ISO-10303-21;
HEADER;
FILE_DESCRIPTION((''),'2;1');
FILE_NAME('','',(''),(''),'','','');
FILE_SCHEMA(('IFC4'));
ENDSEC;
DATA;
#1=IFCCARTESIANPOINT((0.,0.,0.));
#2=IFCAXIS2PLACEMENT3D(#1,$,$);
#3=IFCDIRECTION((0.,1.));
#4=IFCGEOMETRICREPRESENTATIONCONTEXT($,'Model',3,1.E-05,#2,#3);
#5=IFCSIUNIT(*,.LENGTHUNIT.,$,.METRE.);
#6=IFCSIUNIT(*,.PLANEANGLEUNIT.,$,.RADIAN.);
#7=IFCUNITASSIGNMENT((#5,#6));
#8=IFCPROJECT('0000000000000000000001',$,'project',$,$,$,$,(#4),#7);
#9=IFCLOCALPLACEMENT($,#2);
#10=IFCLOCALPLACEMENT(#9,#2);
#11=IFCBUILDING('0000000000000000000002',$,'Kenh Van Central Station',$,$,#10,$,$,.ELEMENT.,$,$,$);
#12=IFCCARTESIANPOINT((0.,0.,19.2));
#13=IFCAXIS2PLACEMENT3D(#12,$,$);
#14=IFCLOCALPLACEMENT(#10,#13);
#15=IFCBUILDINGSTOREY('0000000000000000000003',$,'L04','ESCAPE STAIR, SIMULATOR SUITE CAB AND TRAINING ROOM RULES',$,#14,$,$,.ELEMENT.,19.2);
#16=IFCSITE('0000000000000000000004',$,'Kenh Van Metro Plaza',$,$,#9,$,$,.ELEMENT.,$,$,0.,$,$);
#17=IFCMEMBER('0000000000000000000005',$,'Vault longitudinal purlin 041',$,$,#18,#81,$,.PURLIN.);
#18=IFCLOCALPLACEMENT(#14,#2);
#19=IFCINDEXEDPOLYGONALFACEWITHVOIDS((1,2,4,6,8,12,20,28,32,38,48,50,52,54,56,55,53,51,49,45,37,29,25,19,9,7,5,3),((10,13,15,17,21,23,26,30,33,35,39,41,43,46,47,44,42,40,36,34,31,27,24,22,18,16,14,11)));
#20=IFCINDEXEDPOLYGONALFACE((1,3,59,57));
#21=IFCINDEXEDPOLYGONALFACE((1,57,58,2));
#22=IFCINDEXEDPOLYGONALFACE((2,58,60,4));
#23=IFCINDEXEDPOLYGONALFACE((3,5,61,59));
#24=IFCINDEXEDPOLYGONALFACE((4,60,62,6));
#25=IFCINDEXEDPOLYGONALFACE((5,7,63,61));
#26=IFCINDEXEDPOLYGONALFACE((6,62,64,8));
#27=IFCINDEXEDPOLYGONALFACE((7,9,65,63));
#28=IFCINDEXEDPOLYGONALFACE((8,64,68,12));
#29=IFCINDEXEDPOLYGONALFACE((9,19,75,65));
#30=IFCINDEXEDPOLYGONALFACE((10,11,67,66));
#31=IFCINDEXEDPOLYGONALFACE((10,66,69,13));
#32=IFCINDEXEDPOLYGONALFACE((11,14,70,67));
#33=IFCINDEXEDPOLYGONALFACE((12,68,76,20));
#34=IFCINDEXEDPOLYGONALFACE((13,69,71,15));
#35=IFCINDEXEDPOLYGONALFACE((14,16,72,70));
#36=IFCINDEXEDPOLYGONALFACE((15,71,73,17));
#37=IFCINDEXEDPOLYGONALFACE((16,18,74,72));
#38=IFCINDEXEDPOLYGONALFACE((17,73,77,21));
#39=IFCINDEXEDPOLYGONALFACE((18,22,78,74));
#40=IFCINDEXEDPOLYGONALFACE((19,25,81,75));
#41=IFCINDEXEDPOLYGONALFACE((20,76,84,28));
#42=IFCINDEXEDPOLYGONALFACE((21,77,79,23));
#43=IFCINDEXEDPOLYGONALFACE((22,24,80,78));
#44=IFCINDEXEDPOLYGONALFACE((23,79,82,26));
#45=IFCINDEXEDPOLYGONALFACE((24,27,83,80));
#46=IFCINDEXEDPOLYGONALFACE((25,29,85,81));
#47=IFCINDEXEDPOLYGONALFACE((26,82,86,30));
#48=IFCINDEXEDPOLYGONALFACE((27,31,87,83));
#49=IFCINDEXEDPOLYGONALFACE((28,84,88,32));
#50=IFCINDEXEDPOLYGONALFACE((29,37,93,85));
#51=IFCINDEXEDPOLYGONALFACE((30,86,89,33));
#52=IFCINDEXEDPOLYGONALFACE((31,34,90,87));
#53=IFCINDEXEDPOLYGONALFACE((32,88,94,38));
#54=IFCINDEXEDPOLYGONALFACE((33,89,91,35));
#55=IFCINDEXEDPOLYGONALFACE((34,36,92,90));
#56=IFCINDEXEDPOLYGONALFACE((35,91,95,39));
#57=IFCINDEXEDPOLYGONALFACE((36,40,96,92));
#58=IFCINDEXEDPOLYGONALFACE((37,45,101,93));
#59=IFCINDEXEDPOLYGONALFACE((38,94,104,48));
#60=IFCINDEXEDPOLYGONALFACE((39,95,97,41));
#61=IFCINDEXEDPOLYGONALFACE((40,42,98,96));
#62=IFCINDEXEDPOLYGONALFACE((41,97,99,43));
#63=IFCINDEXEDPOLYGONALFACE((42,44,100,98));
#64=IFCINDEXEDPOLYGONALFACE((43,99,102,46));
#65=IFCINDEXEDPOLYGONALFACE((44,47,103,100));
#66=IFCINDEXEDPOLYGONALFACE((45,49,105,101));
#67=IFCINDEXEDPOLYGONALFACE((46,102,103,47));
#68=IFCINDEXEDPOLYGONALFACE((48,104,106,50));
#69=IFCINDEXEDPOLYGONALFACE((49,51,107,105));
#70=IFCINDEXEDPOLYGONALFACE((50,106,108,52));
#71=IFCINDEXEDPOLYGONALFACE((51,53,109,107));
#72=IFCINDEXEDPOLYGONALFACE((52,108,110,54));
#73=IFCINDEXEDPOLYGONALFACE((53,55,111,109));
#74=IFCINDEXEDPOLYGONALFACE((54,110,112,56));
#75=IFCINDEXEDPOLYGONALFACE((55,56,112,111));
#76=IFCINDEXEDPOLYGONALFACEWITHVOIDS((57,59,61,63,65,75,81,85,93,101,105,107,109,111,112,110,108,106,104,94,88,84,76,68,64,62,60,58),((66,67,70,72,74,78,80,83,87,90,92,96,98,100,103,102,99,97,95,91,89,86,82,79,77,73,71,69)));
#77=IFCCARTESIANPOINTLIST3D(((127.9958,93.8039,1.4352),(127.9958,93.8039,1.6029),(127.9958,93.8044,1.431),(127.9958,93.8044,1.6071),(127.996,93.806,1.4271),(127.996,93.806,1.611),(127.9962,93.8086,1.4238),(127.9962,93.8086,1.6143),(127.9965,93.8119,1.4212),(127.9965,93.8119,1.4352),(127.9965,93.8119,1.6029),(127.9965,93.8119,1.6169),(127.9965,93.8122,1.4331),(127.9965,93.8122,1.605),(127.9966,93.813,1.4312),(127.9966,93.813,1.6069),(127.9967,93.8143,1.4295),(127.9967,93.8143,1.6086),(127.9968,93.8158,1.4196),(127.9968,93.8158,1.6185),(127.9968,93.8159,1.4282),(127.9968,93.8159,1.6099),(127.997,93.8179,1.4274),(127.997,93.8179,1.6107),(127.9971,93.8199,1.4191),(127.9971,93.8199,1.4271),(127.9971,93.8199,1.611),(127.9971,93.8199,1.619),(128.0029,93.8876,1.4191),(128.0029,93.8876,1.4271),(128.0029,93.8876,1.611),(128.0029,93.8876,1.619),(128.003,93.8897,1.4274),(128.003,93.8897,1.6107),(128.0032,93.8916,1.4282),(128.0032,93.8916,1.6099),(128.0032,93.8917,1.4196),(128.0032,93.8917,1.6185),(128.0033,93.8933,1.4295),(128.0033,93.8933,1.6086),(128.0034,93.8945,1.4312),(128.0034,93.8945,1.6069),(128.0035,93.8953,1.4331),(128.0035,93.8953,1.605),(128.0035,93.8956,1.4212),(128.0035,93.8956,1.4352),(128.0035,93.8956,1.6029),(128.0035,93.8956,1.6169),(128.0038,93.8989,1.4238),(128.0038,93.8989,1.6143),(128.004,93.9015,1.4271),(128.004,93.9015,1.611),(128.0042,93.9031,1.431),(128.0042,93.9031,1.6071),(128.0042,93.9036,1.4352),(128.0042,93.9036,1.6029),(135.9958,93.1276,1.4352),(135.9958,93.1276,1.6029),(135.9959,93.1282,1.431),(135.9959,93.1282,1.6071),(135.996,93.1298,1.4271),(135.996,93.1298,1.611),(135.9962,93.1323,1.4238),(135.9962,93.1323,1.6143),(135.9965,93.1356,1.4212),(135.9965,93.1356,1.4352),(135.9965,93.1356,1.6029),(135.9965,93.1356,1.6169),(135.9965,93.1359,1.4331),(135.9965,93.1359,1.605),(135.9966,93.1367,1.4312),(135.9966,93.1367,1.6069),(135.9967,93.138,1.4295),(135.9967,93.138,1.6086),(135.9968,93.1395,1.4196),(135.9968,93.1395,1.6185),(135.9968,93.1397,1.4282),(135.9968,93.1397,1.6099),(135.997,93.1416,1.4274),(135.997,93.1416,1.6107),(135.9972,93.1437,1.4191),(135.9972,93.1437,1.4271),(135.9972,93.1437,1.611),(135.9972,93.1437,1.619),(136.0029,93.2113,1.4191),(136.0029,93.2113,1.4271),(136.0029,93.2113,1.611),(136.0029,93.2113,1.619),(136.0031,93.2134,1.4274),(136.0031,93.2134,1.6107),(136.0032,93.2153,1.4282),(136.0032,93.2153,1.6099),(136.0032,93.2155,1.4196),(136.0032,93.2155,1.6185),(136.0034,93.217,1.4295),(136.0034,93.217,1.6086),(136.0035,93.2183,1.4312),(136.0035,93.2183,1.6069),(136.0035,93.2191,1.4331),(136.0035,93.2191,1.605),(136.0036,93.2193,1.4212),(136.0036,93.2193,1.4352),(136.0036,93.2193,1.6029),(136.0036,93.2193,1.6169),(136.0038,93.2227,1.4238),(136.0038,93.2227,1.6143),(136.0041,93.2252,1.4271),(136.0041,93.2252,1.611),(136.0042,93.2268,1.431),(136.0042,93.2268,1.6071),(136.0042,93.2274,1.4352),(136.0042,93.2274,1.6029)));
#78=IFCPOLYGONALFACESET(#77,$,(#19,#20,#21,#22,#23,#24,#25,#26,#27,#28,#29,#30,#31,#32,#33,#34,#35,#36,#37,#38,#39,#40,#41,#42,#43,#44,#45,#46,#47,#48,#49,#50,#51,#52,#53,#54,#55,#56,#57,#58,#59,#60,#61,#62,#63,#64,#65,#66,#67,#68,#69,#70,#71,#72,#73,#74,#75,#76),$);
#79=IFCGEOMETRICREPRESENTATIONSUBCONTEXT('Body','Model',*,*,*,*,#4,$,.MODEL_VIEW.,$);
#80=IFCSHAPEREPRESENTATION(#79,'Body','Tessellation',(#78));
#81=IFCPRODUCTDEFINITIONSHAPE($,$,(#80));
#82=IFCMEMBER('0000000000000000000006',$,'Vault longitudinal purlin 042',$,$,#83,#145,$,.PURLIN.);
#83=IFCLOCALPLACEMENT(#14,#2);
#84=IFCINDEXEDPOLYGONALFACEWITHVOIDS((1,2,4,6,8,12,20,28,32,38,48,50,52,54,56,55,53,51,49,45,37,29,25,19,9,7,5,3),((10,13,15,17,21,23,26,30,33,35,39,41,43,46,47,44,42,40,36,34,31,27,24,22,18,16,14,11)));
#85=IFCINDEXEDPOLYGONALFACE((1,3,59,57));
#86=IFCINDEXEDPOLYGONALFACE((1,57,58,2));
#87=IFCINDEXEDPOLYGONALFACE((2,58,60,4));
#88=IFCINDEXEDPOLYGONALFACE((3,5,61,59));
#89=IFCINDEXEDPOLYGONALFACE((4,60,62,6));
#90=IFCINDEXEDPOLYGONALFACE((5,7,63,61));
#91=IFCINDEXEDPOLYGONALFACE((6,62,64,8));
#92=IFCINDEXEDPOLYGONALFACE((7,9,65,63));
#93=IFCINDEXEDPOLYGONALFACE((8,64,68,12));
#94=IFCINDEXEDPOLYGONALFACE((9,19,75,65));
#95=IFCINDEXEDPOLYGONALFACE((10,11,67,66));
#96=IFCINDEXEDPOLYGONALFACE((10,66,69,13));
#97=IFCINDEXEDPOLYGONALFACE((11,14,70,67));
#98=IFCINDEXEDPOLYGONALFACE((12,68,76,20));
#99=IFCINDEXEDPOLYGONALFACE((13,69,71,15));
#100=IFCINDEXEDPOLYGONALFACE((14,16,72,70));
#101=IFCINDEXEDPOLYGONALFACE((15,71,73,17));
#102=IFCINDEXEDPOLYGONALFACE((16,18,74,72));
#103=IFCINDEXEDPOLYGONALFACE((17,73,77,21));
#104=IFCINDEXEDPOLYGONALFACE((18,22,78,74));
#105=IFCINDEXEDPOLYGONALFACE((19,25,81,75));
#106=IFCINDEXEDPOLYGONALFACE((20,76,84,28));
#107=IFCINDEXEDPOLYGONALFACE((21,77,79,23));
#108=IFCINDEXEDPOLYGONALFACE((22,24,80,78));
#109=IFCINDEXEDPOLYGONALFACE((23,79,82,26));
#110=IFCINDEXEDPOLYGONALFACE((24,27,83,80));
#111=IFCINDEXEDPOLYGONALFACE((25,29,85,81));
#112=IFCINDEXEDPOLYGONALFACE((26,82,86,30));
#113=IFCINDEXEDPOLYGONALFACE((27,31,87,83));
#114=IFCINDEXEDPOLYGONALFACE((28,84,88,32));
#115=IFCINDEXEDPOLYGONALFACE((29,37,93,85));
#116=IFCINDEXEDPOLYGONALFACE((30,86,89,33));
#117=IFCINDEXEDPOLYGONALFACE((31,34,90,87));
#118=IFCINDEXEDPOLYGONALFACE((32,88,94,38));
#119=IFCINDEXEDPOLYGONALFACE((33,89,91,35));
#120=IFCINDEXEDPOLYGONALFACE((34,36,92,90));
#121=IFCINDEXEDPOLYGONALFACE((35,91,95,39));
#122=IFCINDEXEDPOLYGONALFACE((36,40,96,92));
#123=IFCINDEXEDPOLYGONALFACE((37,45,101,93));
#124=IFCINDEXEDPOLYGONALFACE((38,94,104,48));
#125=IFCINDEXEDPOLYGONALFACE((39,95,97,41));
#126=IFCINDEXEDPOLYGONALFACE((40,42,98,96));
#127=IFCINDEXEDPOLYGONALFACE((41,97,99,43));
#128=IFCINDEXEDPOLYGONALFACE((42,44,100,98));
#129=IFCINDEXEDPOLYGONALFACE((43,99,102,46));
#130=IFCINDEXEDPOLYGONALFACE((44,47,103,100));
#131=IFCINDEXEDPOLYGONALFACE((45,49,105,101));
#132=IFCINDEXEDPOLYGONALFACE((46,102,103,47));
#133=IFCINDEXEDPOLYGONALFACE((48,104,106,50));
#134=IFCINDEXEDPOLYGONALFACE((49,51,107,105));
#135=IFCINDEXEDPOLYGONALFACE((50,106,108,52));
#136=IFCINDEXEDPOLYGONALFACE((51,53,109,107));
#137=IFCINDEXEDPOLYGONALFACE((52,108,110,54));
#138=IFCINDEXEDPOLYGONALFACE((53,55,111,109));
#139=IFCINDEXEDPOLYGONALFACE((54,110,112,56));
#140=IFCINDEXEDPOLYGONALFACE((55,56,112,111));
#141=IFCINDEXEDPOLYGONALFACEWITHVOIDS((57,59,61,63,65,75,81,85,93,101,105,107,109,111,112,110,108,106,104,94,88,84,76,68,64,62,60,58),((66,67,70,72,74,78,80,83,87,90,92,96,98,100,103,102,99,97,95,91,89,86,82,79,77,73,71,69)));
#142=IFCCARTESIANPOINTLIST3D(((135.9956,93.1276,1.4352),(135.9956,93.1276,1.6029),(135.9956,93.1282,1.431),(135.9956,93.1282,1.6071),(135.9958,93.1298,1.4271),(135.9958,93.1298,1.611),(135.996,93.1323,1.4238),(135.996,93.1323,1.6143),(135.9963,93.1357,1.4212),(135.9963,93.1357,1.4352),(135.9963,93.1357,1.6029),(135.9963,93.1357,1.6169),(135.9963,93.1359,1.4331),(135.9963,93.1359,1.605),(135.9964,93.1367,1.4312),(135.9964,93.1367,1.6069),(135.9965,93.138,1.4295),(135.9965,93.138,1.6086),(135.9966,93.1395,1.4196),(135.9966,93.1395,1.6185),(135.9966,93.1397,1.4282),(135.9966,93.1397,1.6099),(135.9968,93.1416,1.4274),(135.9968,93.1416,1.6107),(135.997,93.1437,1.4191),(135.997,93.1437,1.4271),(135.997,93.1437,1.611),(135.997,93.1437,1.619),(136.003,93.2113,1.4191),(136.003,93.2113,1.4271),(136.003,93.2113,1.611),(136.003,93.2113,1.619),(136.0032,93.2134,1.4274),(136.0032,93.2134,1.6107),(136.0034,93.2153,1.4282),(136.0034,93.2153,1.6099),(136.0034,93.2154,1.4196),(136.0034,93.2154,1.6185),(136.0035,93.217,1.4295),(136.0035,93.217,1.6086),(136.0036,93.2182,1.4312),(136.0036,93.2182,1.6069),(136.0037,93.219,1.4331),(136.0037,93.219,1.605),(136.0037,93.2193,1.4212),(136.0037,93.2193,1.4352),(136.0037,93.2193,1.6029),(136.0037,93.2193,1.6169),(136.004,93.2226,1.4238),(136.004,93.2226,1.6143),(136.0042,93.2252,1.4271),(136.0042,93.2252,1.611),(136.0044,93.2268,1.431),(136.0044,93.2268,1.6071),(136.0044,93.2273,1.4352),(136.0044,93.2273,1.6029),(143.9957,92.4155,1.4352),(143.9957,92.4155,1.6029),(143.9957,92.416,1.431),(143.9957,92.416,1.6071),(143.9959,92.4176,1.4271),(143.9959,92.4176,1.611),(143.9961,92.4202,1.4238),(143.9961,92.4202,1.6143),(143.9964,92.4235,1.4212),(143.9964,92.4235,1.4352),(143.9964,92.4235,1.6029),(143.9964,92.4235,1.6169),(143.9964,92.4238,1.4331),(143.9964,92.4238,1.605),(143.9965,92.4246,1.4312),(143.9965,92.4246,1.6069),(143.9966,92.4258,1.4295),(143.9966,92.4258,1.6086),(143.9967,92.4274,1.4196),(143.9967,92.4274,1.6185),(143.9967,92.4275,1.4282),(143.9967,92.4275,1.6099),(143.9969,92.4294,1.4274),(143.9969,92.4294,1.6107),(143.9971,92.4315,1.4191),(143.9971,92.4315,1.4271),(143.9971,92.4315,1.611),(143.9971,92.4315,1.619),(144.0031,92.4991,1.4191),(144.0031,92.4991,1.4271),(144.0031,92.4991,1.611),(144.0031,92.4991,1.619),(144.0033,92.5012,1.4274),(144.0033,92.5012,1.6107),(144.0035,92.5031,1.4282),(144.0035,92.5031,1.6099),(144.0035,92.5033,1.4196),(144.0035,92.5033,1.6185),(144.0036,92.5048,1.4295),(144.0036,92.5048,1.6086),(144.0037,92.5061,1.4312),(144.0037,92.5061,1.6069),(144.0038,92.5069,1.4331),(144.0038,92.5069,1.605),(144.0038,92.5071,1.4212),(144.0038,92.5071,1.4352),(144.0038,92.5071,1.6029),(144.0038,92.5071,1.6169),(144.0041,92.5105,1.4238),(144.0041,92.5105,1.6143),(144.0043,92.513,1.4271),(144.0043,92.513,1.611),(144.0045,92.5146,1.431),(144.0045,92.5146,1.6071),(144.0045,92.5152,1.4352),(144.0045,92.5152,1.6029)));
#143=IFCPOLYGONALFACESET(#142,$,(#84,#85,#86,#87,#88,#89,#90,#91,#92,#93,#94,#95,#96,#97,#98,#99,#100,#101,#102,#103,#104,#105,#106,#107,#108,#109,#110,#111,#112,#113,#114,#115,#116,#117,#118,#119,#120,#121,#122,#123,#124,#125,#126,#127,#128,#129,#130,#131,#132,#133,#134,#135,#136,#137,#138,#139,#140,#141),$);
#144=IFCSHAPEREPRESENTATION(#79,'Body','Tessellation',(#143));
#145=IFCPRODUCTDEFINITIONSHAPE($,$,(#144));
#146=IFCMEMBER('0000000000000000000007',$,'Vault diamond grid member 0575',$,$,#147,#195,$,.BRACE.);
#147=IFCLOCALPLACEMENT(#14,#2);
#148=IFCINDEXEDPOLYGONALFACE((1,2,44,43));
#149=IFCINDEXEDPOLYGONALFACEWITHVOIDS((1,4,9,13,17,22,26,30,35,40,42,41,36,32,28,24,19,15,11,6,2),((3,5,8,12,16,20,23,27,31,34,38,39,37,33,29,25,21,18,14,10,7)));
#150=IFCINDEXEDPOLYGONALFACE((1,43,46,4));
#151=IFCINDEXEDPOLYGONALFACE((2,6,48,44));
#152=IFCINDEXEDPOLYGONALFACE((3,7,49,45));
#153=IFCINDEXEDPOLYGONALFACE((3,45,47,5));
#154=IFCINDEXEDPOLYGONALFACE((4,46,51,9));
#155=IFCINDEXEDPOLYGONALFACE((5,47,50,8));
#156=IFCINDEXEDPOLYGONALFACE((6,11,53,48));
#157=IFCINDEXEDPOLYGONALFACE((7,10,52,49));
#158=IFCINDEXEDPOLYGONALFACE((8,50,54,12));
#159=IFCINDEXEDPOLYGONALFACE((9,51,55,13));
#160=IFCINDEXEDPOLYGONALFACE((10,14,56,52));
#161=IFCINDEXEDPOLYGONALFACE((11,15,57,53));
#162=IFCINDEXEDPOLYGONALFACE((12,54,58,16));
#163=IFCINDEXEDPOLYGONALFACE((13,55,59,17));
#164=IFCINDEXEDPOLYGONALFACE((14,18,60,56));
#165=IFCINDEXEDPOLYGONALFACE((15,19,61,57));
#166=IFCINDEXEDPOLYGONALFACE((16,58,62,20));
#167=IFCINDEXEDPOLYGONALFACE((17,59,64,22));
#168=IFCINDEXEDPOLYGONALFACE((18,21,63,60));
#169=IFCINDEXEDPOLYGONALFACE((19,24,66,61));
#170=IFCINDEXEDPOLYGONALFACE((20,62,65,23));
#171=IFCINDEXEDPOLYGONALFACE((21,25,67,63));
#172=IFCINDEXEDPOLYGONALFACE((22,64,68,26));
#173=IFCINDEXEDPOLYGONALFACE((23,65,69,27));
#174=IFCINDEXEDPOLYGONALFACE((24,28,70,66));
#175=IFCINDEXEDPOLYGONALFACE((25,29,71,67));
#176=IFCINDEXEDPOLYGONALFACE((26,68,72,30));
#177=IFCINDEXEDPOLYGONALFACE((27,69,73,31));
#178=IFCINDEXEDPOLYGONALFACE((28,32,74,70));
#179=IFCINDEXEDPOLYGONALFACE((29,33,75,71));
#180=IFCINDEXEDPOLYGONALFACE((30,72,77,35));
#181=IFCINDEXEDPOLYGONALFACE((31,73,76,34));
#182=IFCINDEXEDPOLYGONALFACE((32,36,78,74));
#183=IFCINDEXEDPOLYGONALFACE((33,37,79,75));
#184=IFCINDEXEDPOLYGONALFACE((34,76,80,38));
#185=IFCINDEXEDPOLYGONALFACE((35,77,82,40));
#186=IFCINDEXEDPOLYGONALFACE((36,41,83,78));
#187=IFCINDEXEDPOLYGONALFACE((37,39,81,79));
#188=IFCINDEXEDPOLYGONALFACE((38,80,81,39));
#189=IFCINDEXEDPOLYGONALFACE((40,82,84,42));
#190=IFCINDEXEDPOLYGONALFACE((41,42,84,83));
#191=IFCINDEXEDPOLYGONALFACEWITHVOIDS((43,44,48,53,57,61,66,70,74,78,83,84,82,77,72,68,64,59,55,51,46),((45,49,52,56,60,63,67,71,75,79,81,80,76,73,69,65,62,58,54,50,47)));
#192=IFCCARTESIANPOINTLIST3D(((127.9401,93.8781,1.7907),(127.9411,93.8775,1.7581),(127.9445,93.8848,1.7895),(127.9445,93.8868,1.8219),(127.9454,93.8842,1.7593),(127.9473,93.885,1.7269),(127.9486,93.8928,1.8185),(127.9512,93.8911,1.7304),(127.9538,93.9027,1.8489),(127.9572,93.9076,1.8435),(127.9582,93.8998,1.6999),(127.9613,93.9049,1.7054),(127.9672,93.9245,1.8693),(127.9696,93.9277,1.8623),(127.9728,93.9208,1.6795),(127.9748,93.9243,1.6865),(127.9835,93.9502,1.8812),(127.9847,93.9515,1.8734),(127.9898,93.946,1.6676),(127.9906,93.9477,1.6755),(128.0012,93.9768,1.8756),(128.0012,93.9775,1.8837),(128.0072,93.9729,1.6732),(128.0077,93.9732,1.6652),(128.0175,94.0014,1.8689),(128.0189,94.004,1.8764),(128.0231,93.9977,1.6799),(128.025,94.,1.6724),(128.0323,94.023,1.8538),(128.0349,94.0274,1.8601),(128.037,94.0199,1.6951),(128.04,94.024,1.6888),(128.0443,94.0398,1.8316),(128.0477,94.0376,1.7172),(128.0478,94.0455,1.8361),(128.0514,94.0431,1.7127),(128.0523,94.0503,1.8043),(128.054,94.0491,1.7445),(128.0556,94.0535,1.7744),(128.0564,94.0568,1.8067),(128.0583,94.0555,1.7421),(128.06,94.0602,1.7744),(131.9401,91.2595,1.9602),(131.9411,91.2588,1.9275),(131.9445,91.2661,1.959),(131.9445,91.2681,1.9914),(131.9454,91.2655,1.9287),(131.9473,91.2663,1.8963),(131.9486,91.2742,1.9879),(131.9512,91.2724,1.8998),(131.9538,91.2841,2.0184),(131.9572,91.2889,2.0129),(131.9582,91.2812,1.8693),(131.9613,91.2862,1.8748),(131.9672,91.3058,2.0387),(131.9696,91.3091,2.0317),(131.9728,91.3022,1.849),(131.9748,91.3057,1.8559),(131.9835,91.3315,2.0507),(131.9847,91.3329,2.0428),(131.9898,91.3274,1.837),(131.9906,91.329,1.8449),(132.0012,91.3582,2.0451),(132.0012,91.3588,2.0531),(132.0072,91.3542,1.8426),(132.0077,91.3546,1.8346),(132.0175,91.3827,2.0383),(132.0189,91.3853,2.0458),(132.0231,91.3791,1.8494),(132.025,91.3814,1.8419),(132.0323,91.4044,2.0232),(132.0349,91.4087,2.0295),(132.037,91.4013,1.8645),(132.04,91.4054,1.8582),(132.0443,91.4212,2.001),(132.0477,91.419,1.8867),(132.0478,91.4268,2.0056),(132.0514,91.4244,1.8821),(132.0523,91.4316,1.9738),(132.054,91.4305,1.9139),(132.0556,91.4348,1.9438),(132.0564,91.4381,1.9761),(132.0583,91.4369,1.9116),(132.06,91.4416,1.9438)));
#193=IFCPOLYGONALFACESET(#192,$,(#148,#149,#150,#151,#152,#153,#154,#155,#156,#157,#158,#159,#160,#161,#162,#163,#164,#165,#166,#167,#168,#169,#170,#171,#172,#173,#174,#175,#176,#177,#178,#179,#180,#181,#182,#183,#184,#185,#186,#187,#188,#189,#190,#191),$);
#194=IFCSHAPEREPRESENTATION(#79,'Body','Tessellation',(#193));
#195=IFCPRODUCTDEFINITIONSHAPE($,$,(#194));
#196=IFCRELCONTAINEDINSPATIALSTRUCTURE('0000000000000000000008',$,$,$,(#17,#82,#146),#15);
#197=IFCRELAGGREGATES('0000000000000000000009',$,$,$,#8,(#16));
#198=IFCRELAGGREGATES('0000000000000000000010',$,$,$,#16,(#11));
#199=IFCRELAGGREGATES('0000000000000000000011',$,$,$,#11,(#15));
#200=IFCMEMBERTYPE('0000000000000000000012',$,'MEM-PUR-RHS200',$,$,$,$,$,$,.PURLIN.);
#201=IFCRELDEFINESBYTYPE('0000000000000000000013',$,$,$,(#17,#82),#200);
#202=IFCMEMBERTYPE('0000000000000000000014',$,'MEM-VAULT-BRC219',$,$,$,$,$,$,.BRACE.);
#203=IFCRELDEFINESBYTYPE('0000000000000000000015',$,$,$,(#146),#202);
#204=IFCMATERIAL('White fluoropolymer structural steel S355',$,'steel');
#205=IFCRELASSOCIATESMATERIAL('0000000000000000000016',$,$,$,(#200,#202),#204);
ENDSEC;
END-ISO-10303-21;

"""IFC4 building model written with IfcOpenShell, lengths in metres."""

from ifc_helpers import new_model, si_unit, direction, frame, origin, origin_2d, place, context, subcontext, project, spatial, hollow_rectangle, hollow_circle, extrude, material, material_profile, profile_set, type_object, element, save


model = new_model("IFC4")

# Units and contexts
model_context = context("Model", 3, precision=1e-05, world=origin(), true_north=direction((0.0, 1.0)))
body_context = subcontext(model_context, "Body", "Model", "MODEL_VIEW")
ifc_project = project(units=[si_unit("LENGTHUNIT", "METRE"), si_unit("PLANEANGLEUNIT", "RADIAN")], contexts=[model_context])

# Site, building, storey
site_placement = place(None, origin())
site = spatial("IfcSite", under=ifc_project, at=site_placement, Name="Kenh Van Metro Plaza", CompositionType="ELEMENT", RefElevation=0.0)
building_placement = place(site_placement, origin())
building = spatial("IfcBuilding", under=site, at=building_placement, Name="Kenh Van Central Station", CompositionType="ELEMENT")
storey_placement = place(building_placement, frame((0.0, 0.0, 19.2)))
storey = spatial("IfcBuildingStorey", under=building, at=storey_placement, Name="L04", Description="ESCAPE STAIR, SIMULATOR SUITE CAB AND TRAINING ROOM RULES", CompositionType="ELEMENT", Elevation=19.2)

# Shared definitions
ifc_material_1 = material(Name="White fluoropolymer structural steel S355", Category="steel")

# Members
ifc_material_profile_1 = material_profile(ifc_material_1, hollow_rectangle(XDim=0.1001, YDim=0.2, WallThickness=0.0081, InnerFilletRadius=0.0081, OuterFilletRadius=0.0161, at=origin_2d()), Name="RHS 200x100x8")
ifc_profile_set_1 = profile_set([ifc_material_profile_1], Name="White fluoropolymer structural steel S355")
member_type_1 = type_object("IfcMemberType", Name="MEM-PUR-RHS200", PredefinedType="PURLIN", material=ifc_profile_set_1)
member_1_placement = place(storey_placement, frame((128.0, 93.8538, 1.519), z_axis=(0.996446, -0.084233, 0.0), x_axis=(0.084233, 0.996446, 0.0)))
element("IfcMember", 1, at=member_1_placement, inside=storey, type_object=member_type_1, Name="Vault longitudinal purlin 041", PredefinedType="PURLIN", context=body_context, shape_type="SweptSolid", body=[
    extrude(hollow_rectangle(XDim=0.1001, YDim=0.2, WallThickness=0.0081, InnerFilletRadius=0.0081, OuterFilletRadius=0.0161, at=origin_2d()), origin(), (0.0, 0.0, 1.0), 8.0286),
])
member_2_placement = place(storey_placement, frame((136.0, 93.1775, 1.519), z_axis=(0.996061, -0.088669, 0.0), x_axis=(0.088669, 0.996061, 0.0)))
element("IfcMember", 2, at=member_2_placement, inside=storey, type_object=member_type_1, Name="Vault longitudinal purlin 042", PredefinedType="PURLIN", context=body_context, shape_type="SweptSolid", body=[
    extrude(hollow_rectangle(XDim=0.1001, YDim=0.2, WallThickness=0.0081, InnerFilletRadius=0.0081, OuterFilletRadius=0.0161, at=origin_2d()), origin(), (0.0, 0.0, 1.0), 8.0317),
])
ifc_material_profile_2 = material_profile(ifc_material_1, hollow_circle(Radius=0.1096, WallThickness=0.0081, at=origin_2d()), Name="CHS 219.1x8")
ifc_profile_set_2 = profile_set([ifc_material_profile_2], Name="White fluoropolymer structural steel S355")
member_type_2 = type_object("IfcMemberType", Name="MEM-VAULT-BRC219", PredefinedType="BRACE", material=ifc_profile_set_2)
member_3_placement = place(storey_placement, frame((128.0, 93.9685, 1.7744), z_axis=(0.836132, -0.547384, 0.035417), x_axis=(0.547728, 0.836656, 0.0)))
element("IfcMember", 3, at=member_3_placement, inside=storey, type_object=member_type_2, Name="Vault diamond grid member 0575", PredefinedType="BRACE", context=body_context, shape_type="SweptSolid", body=[
    extrude(hollow_circle(Radius=0.1096, WallThickness=0.0081, at=origin_2d()), origin(), (0.0, 0.0, 1.0), 4.7839),
])

save(model, "model.ifc")
